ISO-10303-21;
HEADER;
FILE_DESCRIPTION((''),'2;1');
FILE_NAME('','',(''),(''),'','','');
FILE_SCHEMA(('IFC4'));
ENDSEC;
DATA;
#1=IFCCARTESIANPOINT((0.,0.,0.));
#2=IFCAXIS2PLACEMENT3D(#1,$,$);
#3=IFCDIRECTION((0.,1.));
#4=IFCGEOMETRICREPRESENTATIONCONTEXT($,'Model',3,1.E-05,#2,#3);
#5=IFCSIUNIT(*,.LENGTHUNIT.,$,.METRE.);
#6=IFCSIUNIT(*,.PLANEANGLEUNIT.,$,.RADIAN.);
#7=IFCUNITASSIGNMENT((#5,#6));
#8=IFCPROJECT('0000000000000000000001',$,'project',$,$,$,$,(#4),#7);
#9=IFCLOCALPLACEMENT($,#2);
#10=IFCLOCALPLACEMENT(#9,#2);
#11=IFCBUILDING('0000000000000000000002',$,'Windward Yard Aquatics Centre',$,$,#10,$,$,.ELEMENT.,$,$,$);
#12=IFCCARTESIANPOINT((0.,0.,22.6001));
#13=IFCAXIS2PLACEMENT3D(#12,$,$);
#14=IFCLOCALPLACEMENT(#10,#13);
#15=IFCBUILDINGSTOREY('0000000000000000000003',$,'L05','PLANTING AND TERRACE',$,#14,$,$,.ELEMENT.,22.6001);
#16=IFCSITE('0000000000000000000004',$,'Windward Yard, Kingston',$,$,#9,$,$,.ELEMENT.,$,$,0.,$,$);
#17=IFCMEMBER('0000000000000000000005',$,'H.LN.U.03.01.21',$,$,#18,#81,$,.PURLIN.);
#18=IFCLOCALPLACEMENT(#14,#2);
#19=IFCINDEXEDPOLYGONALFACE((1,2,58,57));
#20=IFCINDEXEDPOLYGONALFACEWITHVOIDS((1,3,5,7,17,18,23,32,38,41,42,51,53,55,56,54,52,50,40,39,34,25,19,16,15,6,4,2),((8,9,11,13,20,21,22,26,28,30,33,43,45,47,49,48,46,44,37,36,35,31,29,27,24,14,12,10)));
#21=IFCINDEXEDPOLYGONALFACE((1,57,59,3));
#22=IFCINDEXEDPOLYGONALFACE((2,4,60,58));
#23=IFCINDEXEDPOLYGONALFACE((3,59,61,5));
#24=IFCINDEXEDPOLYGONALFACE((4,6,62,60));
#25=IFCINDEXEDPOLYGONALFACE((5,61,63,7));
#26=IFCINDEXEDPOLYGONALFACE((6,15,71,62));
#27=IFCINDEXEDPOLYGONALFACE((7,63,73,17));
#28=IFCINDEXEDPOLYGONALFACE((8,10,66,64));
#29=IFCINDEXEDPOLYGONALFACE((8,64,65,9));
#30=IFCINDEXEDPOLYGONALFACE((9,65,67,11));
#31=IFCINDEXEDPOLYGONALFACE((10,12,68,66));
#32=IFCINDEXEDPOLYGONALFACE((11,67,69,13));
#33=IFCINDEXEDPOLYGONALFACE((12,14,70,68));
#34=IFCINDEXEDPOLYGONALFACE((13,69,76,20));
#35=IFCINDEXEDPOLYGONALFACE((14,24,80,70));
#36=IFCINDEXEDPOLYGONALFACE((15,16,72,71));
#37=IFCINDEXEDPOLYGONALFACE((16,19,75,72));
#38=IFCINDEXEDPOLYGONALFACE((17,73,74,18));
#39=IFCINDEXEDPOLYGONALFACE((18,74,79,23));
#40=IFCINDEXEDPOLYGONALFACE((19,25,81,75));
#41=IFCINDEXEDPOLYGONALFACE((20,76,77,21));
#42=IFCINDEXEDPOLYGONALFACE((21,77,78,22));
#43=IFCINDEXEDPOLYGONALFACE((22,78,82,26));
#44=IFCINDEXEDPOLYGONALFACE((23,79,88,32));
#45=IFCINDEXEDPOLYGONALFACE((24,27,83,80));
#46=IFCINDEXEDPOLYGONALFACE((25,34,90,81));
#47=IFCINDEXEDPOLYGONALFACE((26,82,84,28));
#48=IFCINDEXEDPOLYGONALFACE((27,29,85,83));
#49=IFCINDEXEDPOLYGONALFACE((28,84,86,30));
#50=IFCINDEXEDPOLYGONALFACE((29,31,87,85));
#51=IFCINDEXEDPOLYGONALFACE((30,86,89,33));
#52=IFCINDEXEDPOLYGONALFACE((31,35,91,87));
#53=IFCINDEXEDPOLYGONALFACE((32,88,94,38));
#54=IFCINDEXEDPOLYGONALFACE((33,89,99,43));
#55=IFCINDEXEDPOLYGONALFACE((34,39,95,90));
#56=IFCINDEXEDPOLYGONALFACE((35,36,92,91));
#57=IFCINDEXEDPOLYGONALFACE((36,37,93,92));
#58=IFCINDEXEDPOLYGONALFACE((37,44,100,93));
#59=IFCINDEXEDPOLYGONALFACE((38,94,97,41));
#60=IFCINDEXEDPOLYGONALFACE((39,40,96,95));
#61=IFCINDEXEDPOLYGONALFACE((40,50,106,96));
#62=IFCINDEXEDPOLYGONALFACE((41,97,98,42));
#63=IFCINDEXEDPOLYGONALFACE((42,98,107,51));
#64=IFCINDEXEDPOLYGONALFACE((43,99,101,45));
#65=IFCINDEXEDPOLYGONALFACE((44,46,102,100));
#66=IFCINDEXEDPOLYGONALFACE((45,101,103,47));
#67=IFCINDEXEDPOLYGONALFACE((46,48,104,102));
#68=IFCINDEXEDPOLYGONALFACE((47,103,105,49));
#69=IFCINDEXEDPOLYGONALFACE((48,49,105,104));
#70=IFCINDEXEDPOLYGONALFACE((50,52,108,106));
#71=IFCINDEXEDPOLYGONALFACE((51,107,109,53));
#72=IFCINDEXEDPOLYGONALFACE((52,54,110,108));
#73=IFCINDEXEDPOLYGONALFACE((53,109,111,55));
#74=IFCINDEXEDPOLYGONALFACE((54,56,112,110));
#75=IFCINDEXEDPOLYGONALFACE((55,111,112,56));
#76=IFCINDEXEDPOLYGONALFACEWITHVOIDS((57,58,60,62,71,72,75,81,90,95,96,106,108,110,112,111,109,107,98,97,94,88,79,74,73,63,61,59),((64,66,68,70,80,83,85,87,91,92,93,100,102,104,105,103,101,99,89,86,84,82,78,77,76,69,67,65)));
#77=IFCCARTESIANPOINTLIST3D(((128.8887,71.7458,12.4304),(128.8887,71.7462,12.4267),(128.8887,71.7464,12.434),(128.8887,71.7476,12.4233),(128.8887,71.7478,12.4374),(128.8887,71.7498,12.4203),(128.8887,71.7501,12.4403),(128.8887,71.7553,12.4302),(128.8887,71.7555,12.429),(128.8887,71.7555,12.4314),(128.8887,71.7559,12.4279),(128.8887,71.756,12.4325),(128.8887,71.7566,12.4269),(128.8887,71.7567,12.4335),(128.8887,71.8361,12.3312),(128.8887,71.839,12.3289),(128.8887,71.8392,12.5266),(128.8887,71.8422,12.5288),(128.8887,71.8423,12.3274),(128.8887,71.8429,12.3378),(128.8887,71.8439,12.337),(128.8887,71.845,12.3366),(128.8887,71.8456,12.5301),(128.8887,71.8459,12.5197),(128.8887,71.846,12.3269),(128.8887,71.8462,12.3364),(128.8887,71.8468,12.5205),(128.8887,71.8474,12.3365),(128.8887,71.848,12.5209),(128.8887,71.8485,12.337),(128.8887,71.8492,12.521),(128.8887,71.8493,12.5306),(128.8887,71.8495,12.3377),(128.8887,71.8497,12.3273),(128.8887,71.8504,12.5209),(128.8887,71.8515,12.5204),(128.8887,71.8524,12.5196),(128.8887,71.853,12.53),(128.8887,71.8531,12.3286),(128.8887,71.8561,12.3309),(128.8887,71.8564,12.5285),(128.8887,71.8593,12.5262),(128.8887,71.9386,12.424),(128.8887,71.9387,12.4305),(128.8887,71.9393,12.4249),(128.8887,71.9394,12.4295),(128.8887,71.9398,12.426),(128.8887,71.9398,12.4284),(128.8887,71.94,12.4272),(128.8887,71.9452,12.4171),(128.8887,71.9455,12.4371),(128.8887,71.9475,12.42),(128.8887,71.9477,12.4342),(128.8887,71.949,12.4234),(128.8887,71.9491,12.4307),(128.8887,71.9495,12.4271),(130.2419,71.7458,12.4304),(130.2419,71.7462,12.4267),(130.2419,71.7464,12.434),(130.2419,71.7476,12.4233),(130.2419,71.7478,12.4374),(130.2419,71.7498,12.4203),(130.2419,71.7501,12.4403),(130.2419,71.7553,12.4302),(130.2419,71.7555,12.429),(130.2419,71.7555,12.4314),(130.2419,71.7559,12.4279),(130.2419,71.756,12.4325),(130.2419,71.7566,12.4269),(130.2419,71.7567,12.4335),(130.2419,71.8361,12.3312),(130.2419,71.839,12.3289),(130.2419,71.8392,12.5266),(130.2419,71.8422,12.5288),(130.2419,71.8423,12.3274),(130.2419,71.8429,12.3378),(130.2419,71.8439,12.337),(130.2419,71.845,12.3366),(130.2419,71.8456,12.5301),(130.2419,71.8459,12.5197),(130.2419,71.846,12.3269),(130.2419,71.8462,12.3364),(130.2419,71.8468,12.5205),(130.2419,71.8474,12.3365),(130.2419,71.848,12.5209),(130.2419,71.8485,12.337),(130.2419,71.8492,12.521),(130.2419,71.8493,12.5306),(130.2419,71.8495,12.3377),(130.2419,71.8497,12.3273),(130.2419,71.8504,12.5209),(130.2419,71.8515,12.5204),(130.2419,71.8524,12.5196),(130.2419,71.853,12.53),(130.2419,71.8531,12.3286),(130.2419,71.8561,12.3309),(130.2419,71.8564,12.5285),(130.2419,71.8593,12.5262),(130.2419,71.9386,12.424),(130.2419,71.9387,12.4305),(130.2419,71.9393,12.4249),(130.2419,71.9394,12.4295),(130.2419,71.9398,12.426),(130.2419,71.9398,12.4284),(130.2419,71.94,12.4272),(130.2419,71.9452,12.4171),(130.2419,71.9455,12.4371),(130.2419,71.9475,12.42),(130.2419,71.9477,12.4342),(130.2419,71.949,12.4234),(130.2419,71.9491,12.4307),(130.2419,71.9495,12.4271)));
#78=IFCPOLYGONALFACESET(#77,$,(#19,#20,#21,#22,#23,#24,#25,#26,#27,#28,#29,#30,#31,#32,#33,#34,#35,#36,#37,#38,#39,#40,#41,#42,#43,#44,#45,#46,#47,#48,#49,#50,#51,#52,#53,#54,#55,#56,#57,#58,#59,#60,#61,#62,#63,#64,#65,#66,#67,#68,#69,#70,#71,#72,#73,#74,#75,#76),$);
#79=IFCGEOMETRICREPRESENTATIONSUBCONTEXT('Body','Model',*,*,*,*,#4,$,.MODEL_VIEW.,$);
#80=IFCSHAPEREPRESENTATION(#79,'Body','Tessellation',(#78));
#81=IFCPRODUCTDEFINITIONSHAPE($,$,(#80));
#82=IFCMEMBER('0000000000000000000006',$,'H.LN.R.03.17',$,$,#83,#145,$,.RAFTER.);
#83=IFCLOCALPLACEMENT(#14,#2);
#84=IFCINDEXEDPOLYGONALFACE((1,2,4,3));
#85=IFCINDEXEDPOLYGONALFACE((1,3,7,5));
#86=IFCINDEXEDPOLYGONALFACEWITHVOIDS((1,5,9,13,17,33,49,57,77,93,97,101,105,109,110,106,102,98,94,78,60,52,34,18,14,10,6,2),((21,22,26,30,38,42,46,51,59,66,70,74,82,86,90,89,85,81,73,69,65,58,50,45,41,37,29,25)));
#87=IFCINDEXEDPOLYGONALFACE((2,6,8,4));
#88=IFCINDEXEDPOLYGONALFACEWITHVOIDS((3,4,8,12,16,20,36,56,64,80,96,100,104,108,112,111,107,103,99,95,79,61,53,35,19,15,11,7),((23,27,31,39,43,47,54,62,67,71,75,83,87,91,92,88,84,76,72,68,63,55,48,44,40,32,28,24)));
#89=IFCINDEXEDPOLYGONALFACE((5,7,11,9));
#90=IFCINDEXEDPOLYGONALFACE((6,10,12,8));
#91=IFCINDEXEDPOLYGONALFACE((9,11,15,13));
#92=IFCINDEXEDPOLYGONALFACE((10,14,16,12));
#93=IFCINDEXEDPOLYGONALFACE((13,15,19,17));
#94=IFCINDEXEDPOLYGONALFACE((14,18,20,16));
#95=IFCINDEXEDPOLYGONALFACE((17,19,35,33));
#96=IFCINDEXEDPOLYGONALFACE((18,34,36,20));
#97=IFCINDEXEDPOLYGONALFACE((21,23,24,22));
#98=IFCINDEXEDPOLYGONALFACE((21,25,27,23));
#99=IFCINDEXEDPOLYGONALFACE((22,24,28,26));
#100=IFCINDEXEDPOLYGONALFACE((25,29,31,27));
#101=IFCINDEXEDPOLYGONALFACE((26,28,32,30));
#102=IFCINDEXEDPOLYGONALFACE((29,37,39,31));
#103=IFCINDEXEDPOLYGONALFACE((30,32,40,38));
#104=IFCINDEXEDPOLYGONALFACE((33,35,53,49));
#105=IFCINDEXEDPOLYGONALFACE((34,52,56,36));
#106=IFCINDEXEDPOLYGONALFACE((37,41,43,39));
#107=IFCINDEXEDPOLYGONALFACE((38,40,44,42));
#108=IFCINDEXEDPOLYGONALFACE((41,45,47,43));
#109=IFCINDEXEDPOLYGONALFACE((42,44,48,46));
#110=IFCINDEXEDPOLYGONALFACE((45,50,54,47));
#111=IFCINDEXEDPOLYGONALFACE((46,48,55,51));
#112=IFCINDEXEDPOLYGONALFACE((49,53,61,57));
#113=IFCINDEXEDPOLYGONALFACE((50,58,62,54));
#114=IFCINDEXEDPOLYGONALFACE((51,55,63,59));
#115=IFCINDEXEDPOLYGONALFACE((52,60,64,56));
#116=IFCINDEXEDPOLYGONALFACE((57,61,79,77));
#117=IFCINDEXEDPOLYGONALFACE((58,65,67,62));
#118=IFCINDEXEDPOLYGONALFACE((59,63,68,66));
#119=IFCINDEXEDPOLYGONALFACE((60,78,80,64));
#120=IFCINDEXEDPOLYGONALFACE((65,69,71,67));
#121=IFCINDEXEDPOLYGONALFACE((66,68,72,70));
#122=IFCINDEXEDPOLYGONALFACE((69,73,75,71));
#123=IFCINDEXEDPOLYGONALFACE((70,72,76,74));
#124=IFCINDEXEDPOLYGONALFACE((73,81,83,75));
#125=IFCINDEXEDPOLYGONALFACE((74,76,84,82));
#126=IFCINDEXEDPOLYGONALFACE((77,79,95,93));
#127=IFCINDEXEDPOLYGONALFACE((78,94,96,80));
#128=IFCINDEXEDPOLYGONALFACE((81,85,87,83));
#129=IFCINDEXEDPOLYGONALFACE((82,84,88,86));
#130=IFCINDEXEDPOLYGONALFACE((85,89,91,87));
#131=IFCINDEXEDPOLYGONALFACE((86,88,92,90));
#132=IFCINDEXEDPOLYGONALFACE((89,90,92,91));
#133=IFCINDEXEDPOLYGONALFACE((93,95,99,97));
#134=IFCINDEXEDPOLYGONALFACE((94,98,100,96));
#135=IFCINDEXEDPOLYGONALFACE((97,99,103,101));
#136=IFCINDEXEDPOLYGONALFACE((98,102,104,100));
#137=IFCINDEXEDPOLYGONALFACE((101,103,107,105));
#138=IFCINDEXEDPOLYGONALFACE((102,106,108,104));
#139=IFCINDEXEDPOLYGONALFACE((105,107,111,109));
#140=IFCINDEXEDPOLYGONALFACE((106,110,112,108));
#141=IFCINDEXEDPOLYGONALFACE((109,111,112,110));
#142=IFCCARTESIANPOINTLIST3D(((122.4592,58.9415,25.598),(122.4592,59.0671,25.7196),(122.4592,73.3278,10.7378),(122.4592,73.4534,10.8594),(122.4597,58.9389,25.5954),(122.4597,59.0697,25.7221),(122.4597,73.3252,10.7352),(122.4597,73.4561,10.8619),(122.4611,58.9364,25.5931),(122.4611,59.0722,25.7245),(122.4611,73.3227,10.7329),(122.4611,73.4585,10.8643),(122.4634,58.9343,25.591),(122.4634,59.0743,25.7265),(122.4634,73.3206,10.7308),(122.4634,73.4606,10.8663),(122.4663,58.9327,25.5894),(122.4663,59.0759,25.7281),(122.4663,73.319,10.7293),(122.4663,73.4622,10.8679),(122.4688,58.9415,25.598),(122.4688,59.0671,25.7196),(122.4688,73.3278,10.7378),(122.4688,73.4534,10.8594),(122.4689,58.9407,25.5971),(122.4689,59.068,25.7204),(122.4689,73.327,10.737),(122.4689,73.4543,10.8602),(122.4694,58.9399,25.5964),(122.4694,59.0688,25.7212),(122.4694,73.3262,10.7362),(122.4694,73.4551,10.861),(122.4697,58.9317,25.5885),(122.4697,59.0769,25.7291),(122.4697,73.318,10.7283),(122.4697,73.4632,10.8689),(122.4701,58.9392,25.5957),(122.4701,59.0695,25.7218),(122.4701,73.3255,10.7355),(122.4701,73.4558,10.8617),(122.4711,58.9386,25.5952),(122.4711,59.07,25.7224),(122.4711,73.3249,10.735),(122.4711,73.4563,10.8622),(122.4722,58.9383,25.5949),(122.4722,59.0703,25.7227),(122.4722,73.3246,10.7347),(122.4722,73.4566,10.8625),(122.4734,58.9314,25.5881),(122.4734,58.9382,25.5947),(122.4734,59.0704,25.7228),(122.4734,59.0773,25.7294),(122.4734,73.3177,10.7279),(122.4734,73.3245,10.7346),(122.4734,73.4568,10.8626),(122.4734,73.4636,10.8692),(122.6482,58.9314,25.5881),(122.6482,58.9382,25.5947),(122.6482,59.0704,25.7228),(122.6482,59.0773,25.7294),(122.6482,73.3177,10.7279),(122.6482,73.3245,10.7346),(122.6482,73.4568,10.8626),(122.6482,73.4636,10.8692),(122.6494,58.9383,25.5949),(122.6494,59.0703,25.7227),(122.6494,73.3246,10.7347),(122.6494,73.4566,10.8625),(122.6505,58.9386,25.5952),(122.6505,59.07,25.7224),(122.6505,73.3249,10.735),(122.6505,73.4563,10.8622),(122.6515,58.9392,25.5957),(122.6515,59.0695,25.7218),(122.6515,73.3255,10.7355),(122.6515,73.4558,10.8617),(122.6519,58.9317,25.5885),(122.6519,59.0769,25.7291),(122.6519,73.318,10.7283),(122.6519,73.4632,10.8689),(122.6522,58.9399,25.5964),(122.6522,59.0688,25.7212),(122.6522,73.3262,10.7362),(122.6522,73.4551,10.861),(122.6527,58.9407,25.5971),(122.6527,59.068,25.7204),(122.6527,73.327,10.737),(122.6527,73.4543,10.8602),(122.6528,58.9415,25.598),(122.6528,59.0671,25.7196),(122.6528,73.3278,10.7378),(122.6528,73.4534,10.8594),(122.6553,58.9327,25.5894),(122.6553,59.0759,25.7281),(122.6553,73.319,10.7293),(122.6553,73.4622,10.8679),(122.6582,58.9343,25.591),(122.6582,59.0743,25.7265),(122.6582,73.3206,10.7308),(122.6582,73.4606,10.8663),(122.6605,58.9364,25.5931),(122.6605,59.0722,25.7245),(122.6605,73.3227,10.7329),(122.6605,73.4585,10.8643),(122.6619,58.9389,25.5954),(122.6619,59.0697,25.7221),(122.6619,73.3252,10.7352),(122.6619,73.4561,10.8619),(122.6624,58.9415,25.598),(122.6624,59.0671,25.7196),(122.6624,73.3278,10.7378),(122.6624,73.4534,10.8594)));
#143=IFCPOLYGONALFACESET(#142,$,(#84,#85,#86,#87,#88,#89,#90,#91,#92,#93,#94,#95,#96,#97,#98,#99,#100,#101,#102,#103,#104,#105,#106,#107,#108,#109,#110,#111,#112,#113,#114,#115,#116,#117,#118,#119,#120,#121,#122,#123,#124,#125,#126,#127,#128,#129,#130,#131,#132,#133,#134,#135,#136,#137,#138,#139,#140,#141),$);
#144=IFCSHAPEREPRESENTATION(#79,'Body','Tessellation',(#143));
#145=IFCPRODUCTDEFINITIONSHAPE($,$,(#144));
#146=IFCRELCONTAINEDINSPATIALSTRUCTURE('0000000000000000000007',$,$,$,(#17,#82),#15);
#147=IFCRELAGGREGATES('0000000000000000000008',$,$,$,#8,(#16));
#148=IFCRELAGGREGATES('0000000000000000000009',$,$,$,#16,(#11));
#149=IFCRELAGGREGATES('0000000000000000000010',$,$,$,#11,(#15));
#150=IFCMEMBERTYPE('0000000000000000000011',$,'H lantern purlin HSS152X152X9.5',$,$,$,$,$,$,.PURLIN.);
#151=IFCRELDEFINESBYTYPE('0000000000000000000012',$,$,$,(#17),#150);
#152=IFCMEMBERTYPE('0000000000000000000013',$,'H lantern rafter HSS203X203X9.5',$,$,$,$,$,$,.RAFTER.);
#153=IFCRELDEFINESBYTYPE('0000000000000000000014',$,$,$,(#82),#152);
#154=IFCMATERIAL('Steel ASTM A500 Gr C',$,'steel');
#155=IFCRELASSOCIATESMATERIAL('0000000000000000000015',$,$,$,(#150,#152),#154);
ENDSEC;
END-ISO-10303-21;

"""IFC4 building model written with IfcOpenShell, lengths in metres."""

from ifc_helpers import new_model, si_unit, direction, frame, origin, origin_2d, place, context, subcontext, project, spatial, hollow_rectangle, extrude, material, material_profile, profile_set, type_object, element, save


model = new_model("IFC4")

# Units and contexts
model_context = context("Model", 3, precision=1e-05, world=origin(), true_north=direction((0.0, 1.0)))
body_context = subcontext(model_context, "Body", "Model", "MODEL_VIEW")
ifc_project = project(units=[si_unit("LENGTHUNIT", "METRE"), si_unit("PLANEANGLEUNIT", "RADIAN")], contexts=[model_context])

# Site, building, storey
site_placement = place(None, origin())
site = spatial("IfcSite", under=ifc_project, at=site_placement, Name="Windward Yard, Kingston", CompositionType="ELEMENT", RefElevation=0.0)
building_placement = place(site_placement, origin())
building = spatial("IfcBuilding", under=site, at=building_placement, Name="Windward Yard Aquatics Centre", CompositionType="ELEMENT")
storey_placement = place(building_placement, frame((0.0, 0.0, 22.6001)))
storey = spatial("IfcBuildingStorey", under=building, at=storey_placement, Name="L05", Description="PLANTING AND TERRACE", CompositionType="ELEMENT", Elevation=22.6001)

# Members
ifc_material_1 = material(Name="Steel ASTM A500 Gr C", Category="steel")
ifc_material_profile_1 = material_profile(ifc_material_1, hollow_rectangle(XDim=0.1523, YDim=0.1523, WallThickness=0.0095, InnerFilletRadius=0.0046, OuterFilletRadius=0.0142, at=origin_2d()), Name="HSS152X152X9.5")
ifc_profile_set_1 = profile_set([ifc_material_profile_1], Name="Steel ASTM A500 Gr C")
member_type_1 = type_object("IfcMemberType", Name="H lantern purlin HSS152X152X9.5", PredefinedType="PURLIN", material=ifc_profile_set_1)
for number, where, z_axis, x_axis, name in (
    (1, (128.8887, 71.8477, 12.4287), (1.0, 0.0, 0.0), (0.0, 0.69555, -0.718477), "H.LN.U.03.01.21"),
):
    element("IfcMember", number, at=place(storey_placement, frame(where, z_axis=z_axis, x_axis=x_axis)), inside=storey, type_object=member_type_1, Name=name, PredefinedType="PURLIN", context=body_context, shape_type="SweptSolid", body=[
        extrude(hollow_rectangle(XDim=0.1523, YDim=0.1523, WallThickness=0.0095, InnerFilletRadius=0.0046, OuterFilletRadius=0.0142, at=origin_2d()), origin(), (0.0, 0.0, 1.0), 1.3533),
    ])
ifc_material_profile_2 = material_profile(ifc_material_1, hollow_rectangle(XDim=0.2031, YDim=0.2031, WallThickness=0.0095, InnerFilletRadius=0.0046, OuterFilletRadius=0.0142, at=origin_2d()), Name="HSS203X203X9.5")
ifc_profile_set_2 = profile_set([ifc_material_profile_2], Name="Steel ASTM A500 Gr C")
member_type_2 = type_object("IfcMemberType", Name="H lantern rafter HSS203X203X9.5", PredefinedType="RAFTER", material=ifc_profile_set_2)
member_1_placement = place(storey_placement, frame((122.5608, 73.3906, 10.7986), z_axis=(0.0, -0.695558, 0.71847), x_axis=(1.0, 0.0, 0.0)))
element("IfcMember", 2, at=member_1_placement, inside=storey, type_object=member_type_2, Name="H.LN.R.03.17", PredefinedType="RAFTER", context=body_context, shape_type="SweptSolid", body=[
    extrude(hollow_rectangle(XDim=0.2031, YDim=0.2031, WallThickness=0.0095, InnerFilletRadius=0.0046, OuterFilletRadius=0.0142, at=origin_2d()), origin(), (0.0, 0.0, 1.0), 20.6831),
])

save(model, "model.ifc")
